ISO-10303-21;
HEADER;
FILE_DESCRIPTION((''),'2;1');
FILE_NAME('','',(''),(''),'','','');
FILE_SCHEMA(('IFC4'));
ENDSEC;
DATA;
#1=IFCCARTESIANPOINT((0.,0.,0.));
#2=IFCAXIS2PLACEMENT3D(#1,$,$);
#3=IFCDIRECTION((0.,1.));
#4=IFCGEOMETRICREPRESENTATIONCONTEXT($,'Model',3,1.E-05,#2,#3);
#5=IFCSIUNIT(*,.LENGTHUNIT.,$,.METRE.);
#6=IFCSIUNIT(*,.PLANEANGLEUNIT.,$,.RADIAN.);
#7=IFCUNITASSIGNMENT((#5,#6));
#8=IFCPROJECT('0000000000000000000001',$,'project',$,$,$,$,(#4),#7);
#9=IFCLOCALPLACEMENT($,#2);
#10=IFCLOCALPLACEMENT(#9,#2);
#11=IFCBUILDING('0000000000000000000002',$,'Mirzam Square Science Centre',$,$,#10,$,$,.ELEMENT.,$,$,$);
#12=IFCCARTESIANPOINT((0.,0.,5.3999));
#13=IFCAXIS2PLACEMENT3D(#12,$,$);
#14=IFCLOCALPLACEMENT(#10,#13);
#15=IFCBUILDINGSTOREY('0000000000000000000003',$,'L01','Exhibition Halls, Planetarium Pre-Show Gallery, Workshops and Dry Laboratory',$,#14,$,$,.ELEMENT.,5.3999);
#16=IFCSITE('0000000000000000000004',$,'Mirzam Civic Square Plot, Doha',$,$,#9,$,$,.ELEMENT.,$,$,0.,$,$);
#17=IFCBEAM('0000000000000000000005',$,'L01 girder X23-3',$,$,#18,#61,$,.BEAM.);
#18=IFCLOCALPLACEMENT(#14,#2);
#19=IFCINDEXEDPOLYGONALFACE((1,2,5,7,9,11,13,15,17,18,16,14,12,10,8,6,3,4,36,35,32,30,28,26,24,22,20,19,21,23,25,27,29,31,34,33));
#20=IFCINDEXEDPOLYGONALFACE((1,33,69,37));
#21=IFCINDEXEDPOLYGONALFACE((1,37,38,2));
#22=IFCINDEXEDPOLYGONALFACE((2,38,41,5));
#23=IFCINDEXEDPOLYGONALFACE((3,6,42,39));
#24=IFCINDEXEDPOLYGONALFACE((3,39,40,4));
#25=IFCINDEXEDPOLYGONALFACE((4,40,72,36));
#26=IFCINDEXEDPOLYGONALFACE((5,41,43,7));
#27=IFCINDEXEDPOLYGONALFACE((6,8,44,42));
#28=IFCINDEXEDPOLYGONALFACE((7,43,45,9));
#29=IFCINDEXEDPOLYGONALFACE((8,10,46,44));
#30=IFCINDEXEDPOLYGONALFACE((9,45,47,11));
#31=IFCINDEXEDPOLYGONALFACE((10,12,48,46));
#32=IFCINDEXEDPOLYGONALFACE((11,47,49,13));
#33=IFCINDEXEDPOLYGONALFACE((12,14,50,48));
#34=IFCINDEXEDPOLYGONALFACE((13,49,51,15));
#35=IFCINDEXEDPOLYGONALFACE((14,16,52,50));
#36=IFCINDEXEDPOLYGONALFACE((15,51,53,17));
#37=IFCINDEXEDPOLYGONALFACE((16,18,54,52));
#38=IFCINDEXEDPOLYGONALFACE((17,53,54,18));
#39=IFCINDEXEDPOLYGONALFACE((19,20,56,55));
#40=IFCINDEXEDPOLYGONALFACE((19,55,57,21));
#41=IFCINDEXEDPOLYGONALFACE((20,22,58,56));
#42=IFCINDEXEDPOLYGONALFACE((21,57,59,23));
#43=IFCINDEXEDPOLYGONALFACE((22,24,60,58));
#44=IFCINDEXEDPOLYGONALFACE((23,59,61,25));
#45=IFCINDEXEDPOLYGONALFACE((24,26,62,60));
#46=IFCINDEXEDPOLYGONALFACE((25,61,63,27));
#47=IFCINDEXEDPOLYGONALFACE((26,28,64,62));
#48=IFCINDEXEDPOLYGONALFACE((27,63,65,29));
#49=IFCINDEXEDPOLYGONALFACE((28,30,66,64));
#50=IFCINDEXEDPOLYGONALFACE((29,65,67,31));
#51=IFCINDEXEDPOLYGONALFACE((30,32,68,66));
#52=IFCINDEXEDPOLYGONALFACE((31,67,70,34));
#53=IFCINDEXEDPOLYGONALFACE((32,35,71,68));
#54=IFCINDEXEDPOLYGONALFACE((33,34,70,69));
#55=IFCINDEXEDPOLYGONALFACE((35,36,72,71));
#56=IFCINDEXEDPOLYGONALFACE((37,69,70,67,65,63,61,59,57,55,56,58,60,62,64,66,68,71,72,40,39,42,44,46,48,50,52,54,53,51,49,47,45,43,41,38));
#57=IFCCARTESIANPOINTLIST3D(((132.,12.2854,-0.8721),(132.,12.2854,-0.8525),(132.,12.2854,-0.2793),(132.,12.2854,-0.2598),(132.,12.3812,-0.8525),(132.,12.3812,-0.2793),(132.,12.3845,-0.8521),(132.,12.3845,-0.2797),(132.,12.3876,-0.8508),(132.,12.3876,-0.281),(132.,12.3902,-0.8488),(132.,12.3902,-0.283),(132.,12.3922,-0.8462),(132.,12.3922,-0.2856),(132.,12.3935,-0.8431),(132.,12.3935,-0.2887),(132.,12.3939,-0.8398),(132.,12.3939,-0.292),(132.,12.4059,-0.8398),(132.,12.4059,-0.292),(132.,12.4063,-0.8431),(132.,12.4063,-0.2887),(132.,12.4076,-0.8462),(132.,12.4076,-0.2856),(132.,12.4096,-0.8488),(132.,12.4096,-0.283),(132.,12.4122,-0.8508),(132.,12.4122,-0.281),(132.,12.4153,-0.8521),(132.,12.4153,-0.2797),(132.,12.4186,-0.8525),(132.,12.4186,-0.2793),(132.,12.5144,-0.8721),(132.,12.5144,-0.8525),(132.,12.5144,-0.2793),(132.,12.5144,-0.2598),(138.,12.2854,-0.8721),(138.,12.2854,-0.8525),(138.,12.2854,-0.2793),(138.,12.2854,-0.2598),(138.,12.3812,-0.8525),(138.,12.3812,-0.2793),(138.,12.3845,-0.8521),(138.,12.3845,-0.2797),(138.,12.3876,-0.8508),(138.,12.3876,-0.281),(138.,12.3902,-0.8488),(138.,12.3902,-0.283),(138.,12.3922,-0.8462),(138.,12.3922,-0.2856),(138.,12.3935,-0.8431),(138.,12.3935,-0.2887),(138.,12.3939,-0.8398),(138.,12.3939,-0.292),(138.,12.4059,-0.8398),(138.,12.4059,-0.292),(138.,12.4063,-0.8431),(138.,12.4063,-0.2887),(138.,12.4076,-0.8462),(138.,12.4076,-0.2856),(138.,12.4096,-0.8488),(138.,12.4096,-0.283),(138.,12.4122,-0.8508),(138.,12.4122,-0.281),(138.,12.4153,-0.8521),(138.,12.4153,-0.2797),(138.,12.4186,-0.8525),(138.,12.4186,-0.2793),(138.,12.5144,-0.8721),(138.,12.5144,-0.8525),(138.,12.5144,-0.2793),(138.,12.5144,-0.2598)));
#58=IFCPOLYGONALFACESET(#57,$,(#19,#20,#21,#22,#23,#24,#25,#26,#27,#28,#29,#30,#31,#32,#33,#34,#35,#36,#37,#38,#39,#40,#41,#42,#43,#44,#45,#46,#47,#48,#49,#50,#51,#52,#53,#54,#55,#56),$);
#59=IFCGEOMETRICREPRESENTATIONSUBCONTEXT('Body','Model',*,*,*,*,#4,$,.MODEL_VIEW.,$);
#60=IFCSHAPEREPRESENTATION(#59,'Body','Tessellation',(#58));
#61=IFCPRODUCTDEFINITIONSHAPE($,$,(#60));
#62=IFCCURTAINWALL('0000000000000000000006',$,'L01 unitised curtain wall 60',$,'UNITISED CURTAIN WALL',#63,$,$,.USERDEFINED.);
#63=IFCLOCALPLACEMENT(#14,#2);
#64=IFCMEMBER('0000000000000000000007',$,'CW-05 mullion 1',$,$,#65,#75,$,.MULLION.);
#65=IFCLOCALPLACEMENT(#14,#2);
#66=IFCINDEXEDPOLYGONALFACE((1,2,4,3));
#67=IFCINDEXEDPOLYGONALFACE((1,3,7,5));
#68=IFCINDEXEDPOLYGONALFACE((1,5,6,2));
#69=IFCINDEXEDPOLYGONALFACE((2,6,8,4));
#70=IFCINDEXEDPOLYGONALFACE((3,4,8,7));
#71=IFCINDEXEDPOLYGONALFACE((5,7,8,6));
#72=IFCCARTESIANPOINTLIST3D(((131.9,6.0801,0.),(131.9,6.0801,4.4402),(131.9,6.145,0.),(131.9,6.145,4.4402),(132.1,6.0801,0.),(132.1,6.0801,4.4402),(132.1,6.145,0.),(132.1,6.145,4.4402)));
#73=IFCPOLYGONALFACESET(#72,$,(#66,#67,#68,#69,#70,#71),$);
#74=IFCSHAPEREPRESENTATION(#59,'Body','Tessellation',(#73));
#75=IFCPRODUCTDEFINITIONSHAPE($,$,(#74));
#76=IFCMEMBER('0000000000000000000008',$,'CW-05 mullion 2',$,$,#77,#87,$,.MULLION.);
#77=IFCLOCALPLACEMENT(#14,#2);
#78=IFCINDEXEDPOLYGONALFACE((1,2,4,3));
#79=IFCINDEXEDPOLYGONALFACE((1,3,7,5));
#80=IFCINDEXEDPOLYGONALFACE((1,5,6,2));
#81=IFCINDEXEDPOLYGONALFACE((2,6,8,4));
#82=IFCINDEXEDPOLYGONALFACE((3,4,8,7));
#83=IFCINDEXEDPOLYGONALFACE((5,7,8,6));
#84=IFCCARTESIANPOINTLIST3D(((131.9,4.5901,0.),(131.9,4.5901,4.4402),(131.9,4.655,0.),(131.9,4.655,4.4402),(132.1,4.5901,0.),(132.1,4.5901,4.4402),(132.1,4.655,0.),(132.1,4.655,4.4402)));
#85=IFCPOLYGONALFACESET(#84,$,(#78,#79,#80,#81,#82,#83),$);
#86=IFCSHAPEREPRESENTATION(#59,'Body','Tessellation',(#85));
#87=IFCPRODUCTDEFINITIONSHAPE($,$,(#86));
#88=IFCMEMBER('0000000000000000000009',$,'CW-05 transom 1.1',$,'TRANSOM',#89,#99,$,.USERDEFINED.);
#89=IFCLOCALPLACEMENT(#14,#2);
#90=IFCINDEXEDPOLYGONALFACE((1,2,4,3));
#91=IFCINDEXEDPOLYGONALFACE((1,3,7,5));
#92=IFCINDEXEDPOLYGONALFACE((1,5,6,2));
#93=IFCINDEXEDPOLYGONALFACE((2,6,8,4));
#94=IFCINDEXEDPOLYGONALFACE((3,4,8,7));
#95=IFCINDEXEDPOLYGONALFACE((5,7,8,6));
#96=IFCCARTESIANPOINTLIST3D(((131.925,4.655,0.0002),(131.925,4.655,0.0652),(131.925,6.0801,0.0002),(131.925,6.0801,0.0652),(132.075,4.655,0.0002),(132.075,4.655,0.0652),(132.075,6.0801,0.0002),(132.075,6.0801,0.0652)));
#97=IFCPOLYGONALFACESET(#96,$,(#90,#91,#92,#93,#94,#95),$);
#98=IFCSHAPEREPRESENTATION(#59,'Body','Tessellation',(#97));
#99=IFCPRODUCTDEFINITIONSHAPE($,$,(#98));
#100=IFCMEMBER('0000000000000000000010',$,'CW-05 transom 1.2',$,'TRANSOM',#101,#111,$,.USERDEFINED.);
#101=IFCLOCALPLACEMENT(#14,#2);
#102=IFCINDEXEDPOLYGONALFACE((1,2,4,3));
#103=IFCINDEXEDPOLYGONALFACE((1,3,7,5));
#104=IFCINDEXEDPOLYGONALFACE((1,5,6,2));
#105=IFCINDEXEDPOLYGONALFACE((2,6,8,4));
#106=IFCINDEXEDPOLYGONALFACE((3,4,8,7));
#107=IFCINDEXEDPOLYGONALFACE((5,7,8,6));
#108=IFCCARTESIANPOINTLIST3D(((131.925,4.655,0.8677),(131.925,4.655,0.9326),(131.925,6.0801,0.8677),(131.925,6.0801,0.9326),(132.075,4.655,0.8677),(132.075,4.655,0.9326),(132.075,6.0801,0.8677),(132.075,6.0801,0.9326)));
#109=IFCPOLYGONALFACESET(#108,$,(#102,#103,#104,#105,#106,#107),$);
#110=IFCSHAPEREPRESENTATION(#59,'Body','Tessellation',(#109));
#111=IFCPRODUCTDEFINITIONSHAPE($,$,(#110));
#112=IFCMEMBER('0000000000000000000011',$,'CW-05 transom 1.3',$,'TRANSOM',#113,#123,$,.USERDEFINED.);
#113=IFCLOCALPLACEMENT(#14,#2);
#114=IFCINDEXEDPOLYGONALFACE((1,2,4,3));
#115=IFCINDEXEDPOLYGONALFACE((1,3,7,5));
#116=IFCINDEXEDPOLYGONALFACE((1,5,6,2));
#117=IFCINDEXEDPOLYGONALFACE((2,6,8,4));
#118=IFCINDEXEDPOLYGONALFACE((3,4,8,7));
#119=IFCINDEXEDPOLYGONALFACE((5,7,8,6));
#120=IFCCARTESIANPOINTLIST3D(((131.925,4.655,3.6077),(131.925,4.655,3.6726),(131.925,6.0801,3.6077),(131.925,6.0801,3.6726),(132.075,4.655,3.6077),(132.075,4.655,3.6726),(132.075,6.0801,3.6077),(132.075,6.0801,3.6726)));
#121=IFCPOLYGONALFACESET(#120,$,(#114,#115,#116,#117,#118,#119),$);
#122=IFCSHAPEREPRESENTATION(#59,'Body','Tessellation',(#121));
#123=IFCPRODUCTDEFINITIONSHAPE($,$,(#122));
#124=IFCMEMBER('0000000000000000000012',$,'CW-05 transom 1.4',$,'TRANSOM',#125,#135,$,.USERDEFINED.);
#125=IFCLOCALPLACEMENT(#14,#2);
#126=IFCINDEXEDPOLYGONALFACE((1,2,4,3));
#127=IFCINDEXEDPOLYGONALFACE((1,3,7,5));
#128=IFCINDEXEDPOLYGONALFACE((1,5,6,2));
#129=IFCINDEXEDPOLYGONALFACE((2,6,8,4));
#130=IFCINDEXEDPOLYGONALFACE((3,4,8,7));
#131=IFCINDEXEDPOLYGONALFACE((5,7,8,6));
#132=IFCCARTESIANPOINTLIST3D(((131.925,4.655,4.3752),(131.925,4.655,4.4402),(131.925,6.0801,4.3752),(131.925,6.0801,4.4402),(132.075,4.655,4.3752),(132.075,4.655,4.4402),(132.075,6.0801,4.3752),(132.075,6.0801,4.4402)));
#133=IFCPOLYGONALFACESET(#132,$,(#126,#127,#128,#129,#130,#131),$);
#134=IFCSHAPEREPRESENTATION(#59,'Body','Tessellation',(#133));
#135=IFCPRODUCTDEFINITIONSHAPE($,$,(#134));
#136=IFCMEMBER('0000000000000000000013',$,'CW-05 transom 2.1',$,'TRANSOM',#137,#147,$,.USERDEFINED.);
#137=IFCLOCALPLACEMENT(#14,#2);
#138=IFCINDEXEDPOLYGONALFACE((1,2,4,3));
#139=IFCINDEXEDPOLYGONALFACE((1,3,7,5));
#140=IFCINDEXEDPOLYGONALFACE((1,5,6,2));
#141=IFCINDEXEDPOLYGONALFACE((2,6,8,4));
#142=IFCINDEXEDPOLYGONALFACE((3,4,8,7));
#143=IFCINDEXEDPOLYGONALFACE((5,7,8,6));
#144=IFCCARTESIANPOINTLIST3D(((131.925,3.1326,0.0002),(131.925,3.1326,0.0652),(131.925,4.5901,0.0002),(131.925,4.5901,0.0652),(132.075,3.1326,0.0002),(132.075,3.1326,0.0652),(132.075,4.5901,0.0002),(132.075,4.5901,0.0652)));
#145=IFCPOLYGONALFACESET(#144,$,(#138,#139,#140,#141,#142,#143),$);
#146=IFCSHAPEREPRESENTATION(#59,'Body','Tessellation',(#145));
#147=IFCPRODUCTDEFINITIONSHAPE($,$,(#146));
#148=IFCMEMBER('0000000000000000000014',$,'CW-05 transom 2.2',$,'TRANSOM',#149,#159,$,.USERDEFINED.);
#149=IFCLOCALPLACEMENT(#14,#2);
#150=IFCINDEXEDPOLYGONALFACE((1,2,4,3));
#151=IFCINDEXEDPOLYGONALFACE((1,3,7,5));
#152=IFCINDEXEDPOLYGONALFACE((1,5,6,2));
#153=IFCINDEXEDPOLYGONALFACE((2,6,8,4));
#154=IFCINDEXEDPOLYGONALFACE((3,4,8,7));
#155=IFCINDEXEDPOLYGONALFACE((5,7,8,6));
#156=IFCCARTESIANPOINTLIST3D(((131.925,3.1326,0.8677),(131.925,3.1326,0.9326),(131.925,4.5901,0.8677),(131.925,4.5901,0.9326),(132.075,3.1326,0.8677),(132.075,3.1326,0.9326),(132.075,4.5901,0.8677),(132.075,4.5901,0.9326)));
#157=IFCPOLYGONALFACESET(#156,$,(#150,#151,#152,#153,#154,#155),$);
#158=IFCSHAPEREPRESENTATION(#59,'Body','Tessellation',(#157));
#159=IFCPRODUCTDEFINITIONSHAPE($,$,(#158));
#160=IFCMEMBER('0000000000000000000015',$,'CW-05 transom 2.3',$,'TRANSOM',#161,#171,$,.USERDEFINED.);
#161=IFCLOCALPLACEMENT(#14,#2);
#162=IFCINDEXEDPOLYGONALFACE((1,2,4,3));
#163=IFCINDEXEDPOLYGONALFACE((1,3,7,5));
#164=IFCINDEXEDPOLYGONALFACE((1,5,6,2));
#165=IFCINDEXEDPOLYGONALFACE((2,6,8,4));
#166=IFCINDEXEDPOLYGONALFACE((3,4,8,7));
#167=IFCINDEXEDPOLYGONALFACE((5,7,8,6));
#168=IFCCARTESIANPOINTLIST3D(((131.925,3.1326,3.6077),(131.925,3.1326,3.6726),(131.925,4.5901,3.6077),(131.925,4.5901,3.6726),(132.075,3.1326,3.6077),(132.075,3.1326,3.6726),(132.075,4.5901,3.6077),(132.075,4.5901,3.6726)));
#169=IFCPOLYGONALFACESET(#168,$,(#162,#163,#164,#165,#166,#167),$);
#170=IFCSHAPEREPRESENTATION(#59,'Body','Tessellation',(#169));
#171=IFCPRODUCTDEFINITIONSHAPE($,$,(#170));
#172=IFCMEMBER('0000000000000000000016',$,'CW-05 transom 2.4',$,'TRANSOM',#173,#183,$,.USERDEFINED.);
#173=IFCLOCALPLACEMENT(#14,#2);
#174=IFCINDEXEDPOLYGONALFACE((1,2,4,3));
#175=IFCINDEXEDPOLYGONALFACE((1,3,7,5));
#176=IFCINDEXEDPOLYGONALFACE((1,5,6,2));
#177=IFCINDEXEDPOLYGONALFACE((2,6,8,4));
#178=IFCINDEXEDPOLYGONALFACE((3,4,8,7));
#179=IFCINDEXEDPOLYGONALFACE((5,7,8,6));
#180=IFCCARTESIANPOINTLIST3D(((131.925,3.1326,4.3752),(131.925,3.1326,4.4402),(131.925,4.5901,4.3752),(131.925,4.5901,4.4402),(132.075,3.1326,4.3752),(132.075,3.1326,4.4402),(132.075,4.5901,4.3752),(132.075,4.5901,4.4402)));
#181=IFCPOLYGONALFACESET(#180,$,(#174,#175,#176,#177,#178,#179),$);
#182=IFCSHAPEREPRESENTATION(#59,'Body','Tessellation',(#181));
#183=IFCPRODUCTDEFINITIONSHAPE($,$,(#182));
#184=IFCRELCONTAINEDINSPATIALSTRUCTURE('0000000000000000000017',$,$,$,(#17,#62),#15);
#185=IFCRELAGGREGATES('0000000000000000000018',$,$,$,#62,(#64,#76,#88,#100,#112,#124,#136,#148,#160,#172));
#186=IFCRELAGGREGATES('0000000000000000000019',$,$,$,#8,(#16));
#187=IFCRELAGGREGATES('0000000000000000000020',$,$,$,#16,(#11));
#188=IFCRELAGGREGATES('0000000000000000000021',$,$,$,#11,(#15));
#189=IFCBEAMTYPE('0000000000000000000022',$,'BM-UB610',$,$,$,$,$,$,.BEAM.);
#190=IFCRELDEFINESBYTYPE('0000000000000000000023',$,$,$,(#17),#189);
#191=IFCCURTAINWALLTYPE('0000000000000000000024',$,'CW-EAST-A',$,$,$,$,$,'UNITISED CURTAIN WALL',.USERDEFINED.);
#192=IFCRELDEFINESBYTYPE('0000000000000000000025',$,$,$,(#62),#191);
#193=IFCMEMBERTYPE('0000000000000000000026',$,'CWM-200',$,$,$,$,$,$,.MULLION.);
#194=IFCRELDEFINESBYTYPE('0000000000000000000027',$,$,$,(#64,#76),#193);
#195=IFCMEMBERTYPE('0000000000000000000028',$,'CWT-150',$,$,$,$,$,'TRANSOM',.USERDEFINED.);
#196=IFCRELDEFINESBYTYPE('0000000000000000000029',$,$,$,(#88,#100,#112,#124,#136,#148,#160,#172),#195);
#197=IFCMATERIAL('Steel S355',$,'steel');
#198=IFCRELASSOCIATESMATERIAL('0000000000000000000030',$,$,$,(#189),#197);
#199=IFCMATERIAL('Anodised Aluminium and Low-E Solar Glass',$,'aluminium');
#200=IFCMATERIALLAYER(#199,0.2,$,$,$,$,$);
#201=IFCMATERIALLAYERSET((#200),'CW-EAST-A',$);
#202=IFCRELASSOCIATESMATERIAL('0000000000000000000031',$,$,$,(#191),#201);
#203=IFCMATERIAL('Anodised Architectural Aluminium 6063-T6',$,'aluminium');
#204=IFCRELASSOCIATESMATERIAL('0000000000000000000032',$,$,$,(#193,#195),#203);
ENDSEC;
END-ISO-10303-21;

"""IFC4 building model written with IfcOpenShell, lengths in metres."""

from ifc_helpers import new_model, si_unit, direction, frame, origin, origin_2d, place, context, subcontext, project, spatial, rectangle, i_section, extrude, material, layer, layer_set, material_profile, profile_set, type_object, element, aggregate, save


model = new_model("IFC4")

# Units and contexts
model_context = context("Model", 3, precision=1e-05, world=origin(), true_north=direction((0.0, 1.0)))
body_context = subcontext(model_context, "Body", "Model", "MODEL_VIEW")
ifc_project = project(units=[si_unit("LENGTHUNIT", "METRE"), si_unit("PLANEANGLEUNIT", "RADIAN")], contexts=[model_context])

# Site, building, storey
site_placement = place(None, origin())
site = spatial("IfcSite", under=ifc_project, at=site_placement, Name="Mirzam Civic Square Plot, Doha", CompositionType="ELEMENT", RefElevation=0.0)
building_placement = place(site_placement, origin())
building = spatial("IfcBuilding", under=site, at=building_placement, Name="Mirzam Square Science Centre", CompositionType="ELEMENT")
storey_placement = place(building_placement, frame((0.0, 0.0, 5.3999)))
storey = spatial("IfcBuildingStorey", under=building, at=storey_placement, Name="L01", Description="Exhibition Halls, Planetarium Pre-Show Gallery, Workshops and Dry Laboratory", CompositionType="ELEMENT", Elevation=5.3999)

# Shared definitions
ifc_material_1 = material(Name="Steel S355", Category="steel")

# Beam
ifc_material_profile_1 = material_profile(ifc_material_1, i_section(OverallWidth=0.229, OverallDepth=0.6123, WebThickness=0.012, FlangeThickness=0.0195, FilletRadius=0.0127, at=origin_2d()), Name="610x229x125UB")
ifc_profile_set_1 = profile_set([ifc_material_profile_1], Name="Steel S355")
beam_type_1 = type_object("IfcBeamType", Name="BM-UB610", PredefinedType="BEAM", material=ifc_profile_set_1)
beam_1_placement = place(storey_placement, frame((132.0, 12.3999, -0.5659), z_axis=(1.0, 0.0, 0.0), x_axis=(0.0, 1.0, 0.0)))
element("IfcBeam", 1, at=beam_1_placement, inside=storey, type_object=beam_type_1, Name="L01 girder X23-3", PredefinedType="BEAM", context=body_context, shape_type="SweptSolid", body=[
    extrude(i_section(OverallWidth=0.229, OverallDepth=0.6123, WebThickness=0.012, FlangeThickness=0.0195, FilletRadius=0.0127, at=origin_2d()), origin(), (0.0, 0.0, 1.0), 6.0),
])

# Curtain wall, members
ifc_material_2 = material(Name="Anodised Aluminium and Low-E Solar Glass", Category="aluminium")
ifc_layer_1 = layer(ifc_material_2, 0.2)
ifc_layer_set_1 = layer_set([ifc_layer_1], Name="CW-EAST-A")
curtain_wall_type = type_object("IfcCurtainWallType", Name="CW-EAST-A", ElementType="UNITISED CURTAIN WALL", PredefinedType="USERDEFINED", material=ifc_layer_set_1)
curtain_wall_placement = place(storey_placement, origin())
curtain_wall = element("IfcCurtainWall", 2, at=curtain_wall_placement, inside=storey, type_object=curtain_wall_type, Name="L01 unitised curtain wall 60", ObjectType="UNITISED CURTAIN WALL", PredefinedType="USERDEFINED")
ifc_material_3 = material(Name="Anodised Architectural Aluminium 6063-T6", Category="aluminium")
ifc_material_profile_2 = material_profile(ifc_material_3, rectangle(XDim=0.0649, YDim=0.2, at=origin_2d()), Name="ALU-MULL-200x65x5")
ifc_profile_set_2 = profile_set([ifc_material_profile_2], Name="Anodised Architectural Aluminium 6063-T6")
member_type_1 = type_object("IfcMemberType", Name="CWM-200", PredefinedType="MULLION", material=ifc_profile_set_2)
member_1_placement = place(storey_placement, frame((132.0, 6.1125, 0.0), z_axis=(0.0, 0.0, 1.0), x_axis=(0.0, -1.0, 0.0)))
member_1 = element("IfcMember", 3, at=member_1_placement, type_object=member_type_1, Name="CW-05 mullion 1", PredefinedType="MULLION", context=body_context, shape_type="SweptSolid", body=[
    extrude(rectangle(XDim=0.0649, YDim=0.2, at=origin_2d()), origin(), (0.0, 0.0, 1.0), 4.4402),
])
member_2_placement = place(storey_placement, frame((132.0, 4.6226, 0.0), z_axis=(0.0, 0.0, 1.0), x_axis=(0.0, -1.0, 0.0)))
member_2 = element("IfcMember", 4, at=member_2_placement, type_object=member_type_1, Name="CW-05 mullion 2", PredefinedType="MULLION", context=body_context, shape_type="SweptSolid", body=[
    extrude(rectangle(XDim=0.0649, YDim=0.2, at=origin_2d()), origin(), (0.0, 0.0, 1.0), 4.4402),
])
ifc_material_profile_3 = material_profile(ifc_material_3, rectangle(XDim=0.1499, YDim=0.0649, at=origin_2d()), Name="ALU-TRAN-150x65x4")
ifc_profile_set_3 = profile_set([ifc_material_profile_3], Name="Anodised Architectural Aluminium 6063-T6")
member_type_2 = type_object("IfcMemberType", Name="CWT-150", ElementType="TRANSOM", PredefinedType="USERDEFINED", material=ifc_profile_set_3)
member_3_placement = place(storey_placement, frame((132.0, 6.0801, 0.0327), z_axis=(0.0, -1.0, 0.0), x_axis=(1.0, 0.0, 0.0)))
member_3 = element("IfcMember", 5, at=member_3_placement, type_object=member_type_2, Name="CW-05 transom 1.1", ObjectType="TRANSOM", PredefinedType="USERDEFINED", context=body_context, shape_type="SweptSolid", body=[
    extrude(rectangle(XDim=0.1499, YDim=0.0649, at=origin_2d()), origin(), (0.0, 0.0, 1.0), 1.425),
])
member_4_placement = place(storey_placement, frame((132.0, 6.0801, 0.9001), z_axis=(0.0, -1.0, 0.0), x_axis=(1.0, 0.0, 0.0)))
member_4 = element("IfcMember", 6, at=member_4_placement, type_object=member_type_2, Name="CW-05 transom 1.2", ObjectType="TRANSOM", PredefinedType="USERDEFINED", context=body_context, shape_type="SweptSolid", body=[
    extrude(rectangle(XDim=0.1499, YDim=0.0649, at=origin_2d()), origin(), (0.0, 0.0, 1.0), 1.425),
])
member_5_placement = place(storey_placement, frame((132.0, 6.0801, 3.6401), z_axis=(0.0, -1.0, 0.0), x_axis=(1.0, 0.0, 0.0)))
member_5 = element("IfcMember", 7, at=member_5_placement, type_object=member_type_2, Name="CW-05 transom 1.3", ObjectType="TRANSOM", PredefinedType="USERDEFINED", context=body_context, shape_type="SweptSolid", body=[
    extrude(rectangle(XDim=0.1499, YDim=0.0649, at=origin_2d()), origin(), (0.0, 0.0, 1.0), 1.425),
])
member_6_placement = place(storey_placement, frame((132.0, 6.0801, 4.4077), z_axis=(0.0, -1.0, 0.0), x_axis=(1.0, 0.0, 0.0)))
member_6 = element("IfcMember", 8, at=member_6_placement, type_object=member_type_2, Name="CW-05 transom 1.4", ObjectType="TRANSOM", PredefinedType="USERDEFINED", context=body_context, shape_type="SweptSolid", body=[
    extrude(rectangle(XDim=0.1499, YDim=0.0649, at=origin_2d()), origin(), (0.0, 0.0, 1.0), 1.425),
])
member_7_placement = place(storey_placement, frame((132.0, 4.5901, 0.0327), z_axis=(0.0, -1.0, 0.0), x_axis=(1.0, 0.0, 0.0)))
member_7 = element("IfcMember", 9, at=member_7_placement, type_object=member_type_2, Name="CW-05 transom 2.1", ObjectType="TRANSOM", PredefinedType="USERDEFINED", context=body_context, shape_type="SweptSolid", body=[
    extrude(rectangle(XDim=0.1499, YDim=0.0649, at=origin_2d()), origin(), (0.0, 0.0, 1.0), 1.4575),
])
member_8_placement = place(storey_placement, frame((132.0, 4.5901, 0.9001), z_axis=(0.0, -1.0, 0.0), x_axis=(1.0, 0.0, 0.0)))
member_8 = element("IfcMember", 10, at=member_8_placement, type_object=member_type_2, Name="CW-05 transom 2.2", ObjectType="TRANSOM", PredefinedType="USERDEFINED", context=body_context, shape_type="SweptSolid", body=[
    extrude(rectangle(XDim=0.1499, YDim=0.0649, at=origin_2d()), origin(), (0.0, 0.0, 1.0), 1.4575),
])
member_9_placement = place(storey_placement, frame((132.0, 4.5901, 3.6401), z_axis=(0.0, -1.0, 0.0), x_axis=(1.0, 0.0, 0.0)))
member_9 = element("IfcMember", 11, at=member_9_placement, type_object=member_type_2, Name="CW-05 transom 2.3", ObjectType="TRANSOM", PredefinedType="USERDEFINED", context=body_context, shape_type="SweptSolid", body=[
    extrude(rectangle(XDim=0.1499, YDim=0.0649, at=origin_2d()), origin(), (0.0, 0.0, 1.0), 1.4575),
])
member_10_placement = place(storey_placement, frame((132.0, 4.5901, 4.4077), z_axis=(0.0, -1.0, 0.0), x_axis=(1.0, 0.0, 0.0)))
member_10 = element("IfcMember", 12, at=member_10_placement, type_object=member_type_2, Name="CW-05 transom 2.4", ObjectType="TRANSOM", PredefinedType="USERDEFINED", context=body_context, shape_type="SweptSolid", body=[
    extrude(rectangle(XDim=0.1499, YDim=0.0649, at=origin_2d()), origin(), (0.0, 0.0, 1.0), 1.4575),
])

aggregate(curtain_wall, [member_1, member_2, member_3, member_4, member_5, member_6, member_7, member_8, member_9, member_10])

save(model, "model.ifc")
